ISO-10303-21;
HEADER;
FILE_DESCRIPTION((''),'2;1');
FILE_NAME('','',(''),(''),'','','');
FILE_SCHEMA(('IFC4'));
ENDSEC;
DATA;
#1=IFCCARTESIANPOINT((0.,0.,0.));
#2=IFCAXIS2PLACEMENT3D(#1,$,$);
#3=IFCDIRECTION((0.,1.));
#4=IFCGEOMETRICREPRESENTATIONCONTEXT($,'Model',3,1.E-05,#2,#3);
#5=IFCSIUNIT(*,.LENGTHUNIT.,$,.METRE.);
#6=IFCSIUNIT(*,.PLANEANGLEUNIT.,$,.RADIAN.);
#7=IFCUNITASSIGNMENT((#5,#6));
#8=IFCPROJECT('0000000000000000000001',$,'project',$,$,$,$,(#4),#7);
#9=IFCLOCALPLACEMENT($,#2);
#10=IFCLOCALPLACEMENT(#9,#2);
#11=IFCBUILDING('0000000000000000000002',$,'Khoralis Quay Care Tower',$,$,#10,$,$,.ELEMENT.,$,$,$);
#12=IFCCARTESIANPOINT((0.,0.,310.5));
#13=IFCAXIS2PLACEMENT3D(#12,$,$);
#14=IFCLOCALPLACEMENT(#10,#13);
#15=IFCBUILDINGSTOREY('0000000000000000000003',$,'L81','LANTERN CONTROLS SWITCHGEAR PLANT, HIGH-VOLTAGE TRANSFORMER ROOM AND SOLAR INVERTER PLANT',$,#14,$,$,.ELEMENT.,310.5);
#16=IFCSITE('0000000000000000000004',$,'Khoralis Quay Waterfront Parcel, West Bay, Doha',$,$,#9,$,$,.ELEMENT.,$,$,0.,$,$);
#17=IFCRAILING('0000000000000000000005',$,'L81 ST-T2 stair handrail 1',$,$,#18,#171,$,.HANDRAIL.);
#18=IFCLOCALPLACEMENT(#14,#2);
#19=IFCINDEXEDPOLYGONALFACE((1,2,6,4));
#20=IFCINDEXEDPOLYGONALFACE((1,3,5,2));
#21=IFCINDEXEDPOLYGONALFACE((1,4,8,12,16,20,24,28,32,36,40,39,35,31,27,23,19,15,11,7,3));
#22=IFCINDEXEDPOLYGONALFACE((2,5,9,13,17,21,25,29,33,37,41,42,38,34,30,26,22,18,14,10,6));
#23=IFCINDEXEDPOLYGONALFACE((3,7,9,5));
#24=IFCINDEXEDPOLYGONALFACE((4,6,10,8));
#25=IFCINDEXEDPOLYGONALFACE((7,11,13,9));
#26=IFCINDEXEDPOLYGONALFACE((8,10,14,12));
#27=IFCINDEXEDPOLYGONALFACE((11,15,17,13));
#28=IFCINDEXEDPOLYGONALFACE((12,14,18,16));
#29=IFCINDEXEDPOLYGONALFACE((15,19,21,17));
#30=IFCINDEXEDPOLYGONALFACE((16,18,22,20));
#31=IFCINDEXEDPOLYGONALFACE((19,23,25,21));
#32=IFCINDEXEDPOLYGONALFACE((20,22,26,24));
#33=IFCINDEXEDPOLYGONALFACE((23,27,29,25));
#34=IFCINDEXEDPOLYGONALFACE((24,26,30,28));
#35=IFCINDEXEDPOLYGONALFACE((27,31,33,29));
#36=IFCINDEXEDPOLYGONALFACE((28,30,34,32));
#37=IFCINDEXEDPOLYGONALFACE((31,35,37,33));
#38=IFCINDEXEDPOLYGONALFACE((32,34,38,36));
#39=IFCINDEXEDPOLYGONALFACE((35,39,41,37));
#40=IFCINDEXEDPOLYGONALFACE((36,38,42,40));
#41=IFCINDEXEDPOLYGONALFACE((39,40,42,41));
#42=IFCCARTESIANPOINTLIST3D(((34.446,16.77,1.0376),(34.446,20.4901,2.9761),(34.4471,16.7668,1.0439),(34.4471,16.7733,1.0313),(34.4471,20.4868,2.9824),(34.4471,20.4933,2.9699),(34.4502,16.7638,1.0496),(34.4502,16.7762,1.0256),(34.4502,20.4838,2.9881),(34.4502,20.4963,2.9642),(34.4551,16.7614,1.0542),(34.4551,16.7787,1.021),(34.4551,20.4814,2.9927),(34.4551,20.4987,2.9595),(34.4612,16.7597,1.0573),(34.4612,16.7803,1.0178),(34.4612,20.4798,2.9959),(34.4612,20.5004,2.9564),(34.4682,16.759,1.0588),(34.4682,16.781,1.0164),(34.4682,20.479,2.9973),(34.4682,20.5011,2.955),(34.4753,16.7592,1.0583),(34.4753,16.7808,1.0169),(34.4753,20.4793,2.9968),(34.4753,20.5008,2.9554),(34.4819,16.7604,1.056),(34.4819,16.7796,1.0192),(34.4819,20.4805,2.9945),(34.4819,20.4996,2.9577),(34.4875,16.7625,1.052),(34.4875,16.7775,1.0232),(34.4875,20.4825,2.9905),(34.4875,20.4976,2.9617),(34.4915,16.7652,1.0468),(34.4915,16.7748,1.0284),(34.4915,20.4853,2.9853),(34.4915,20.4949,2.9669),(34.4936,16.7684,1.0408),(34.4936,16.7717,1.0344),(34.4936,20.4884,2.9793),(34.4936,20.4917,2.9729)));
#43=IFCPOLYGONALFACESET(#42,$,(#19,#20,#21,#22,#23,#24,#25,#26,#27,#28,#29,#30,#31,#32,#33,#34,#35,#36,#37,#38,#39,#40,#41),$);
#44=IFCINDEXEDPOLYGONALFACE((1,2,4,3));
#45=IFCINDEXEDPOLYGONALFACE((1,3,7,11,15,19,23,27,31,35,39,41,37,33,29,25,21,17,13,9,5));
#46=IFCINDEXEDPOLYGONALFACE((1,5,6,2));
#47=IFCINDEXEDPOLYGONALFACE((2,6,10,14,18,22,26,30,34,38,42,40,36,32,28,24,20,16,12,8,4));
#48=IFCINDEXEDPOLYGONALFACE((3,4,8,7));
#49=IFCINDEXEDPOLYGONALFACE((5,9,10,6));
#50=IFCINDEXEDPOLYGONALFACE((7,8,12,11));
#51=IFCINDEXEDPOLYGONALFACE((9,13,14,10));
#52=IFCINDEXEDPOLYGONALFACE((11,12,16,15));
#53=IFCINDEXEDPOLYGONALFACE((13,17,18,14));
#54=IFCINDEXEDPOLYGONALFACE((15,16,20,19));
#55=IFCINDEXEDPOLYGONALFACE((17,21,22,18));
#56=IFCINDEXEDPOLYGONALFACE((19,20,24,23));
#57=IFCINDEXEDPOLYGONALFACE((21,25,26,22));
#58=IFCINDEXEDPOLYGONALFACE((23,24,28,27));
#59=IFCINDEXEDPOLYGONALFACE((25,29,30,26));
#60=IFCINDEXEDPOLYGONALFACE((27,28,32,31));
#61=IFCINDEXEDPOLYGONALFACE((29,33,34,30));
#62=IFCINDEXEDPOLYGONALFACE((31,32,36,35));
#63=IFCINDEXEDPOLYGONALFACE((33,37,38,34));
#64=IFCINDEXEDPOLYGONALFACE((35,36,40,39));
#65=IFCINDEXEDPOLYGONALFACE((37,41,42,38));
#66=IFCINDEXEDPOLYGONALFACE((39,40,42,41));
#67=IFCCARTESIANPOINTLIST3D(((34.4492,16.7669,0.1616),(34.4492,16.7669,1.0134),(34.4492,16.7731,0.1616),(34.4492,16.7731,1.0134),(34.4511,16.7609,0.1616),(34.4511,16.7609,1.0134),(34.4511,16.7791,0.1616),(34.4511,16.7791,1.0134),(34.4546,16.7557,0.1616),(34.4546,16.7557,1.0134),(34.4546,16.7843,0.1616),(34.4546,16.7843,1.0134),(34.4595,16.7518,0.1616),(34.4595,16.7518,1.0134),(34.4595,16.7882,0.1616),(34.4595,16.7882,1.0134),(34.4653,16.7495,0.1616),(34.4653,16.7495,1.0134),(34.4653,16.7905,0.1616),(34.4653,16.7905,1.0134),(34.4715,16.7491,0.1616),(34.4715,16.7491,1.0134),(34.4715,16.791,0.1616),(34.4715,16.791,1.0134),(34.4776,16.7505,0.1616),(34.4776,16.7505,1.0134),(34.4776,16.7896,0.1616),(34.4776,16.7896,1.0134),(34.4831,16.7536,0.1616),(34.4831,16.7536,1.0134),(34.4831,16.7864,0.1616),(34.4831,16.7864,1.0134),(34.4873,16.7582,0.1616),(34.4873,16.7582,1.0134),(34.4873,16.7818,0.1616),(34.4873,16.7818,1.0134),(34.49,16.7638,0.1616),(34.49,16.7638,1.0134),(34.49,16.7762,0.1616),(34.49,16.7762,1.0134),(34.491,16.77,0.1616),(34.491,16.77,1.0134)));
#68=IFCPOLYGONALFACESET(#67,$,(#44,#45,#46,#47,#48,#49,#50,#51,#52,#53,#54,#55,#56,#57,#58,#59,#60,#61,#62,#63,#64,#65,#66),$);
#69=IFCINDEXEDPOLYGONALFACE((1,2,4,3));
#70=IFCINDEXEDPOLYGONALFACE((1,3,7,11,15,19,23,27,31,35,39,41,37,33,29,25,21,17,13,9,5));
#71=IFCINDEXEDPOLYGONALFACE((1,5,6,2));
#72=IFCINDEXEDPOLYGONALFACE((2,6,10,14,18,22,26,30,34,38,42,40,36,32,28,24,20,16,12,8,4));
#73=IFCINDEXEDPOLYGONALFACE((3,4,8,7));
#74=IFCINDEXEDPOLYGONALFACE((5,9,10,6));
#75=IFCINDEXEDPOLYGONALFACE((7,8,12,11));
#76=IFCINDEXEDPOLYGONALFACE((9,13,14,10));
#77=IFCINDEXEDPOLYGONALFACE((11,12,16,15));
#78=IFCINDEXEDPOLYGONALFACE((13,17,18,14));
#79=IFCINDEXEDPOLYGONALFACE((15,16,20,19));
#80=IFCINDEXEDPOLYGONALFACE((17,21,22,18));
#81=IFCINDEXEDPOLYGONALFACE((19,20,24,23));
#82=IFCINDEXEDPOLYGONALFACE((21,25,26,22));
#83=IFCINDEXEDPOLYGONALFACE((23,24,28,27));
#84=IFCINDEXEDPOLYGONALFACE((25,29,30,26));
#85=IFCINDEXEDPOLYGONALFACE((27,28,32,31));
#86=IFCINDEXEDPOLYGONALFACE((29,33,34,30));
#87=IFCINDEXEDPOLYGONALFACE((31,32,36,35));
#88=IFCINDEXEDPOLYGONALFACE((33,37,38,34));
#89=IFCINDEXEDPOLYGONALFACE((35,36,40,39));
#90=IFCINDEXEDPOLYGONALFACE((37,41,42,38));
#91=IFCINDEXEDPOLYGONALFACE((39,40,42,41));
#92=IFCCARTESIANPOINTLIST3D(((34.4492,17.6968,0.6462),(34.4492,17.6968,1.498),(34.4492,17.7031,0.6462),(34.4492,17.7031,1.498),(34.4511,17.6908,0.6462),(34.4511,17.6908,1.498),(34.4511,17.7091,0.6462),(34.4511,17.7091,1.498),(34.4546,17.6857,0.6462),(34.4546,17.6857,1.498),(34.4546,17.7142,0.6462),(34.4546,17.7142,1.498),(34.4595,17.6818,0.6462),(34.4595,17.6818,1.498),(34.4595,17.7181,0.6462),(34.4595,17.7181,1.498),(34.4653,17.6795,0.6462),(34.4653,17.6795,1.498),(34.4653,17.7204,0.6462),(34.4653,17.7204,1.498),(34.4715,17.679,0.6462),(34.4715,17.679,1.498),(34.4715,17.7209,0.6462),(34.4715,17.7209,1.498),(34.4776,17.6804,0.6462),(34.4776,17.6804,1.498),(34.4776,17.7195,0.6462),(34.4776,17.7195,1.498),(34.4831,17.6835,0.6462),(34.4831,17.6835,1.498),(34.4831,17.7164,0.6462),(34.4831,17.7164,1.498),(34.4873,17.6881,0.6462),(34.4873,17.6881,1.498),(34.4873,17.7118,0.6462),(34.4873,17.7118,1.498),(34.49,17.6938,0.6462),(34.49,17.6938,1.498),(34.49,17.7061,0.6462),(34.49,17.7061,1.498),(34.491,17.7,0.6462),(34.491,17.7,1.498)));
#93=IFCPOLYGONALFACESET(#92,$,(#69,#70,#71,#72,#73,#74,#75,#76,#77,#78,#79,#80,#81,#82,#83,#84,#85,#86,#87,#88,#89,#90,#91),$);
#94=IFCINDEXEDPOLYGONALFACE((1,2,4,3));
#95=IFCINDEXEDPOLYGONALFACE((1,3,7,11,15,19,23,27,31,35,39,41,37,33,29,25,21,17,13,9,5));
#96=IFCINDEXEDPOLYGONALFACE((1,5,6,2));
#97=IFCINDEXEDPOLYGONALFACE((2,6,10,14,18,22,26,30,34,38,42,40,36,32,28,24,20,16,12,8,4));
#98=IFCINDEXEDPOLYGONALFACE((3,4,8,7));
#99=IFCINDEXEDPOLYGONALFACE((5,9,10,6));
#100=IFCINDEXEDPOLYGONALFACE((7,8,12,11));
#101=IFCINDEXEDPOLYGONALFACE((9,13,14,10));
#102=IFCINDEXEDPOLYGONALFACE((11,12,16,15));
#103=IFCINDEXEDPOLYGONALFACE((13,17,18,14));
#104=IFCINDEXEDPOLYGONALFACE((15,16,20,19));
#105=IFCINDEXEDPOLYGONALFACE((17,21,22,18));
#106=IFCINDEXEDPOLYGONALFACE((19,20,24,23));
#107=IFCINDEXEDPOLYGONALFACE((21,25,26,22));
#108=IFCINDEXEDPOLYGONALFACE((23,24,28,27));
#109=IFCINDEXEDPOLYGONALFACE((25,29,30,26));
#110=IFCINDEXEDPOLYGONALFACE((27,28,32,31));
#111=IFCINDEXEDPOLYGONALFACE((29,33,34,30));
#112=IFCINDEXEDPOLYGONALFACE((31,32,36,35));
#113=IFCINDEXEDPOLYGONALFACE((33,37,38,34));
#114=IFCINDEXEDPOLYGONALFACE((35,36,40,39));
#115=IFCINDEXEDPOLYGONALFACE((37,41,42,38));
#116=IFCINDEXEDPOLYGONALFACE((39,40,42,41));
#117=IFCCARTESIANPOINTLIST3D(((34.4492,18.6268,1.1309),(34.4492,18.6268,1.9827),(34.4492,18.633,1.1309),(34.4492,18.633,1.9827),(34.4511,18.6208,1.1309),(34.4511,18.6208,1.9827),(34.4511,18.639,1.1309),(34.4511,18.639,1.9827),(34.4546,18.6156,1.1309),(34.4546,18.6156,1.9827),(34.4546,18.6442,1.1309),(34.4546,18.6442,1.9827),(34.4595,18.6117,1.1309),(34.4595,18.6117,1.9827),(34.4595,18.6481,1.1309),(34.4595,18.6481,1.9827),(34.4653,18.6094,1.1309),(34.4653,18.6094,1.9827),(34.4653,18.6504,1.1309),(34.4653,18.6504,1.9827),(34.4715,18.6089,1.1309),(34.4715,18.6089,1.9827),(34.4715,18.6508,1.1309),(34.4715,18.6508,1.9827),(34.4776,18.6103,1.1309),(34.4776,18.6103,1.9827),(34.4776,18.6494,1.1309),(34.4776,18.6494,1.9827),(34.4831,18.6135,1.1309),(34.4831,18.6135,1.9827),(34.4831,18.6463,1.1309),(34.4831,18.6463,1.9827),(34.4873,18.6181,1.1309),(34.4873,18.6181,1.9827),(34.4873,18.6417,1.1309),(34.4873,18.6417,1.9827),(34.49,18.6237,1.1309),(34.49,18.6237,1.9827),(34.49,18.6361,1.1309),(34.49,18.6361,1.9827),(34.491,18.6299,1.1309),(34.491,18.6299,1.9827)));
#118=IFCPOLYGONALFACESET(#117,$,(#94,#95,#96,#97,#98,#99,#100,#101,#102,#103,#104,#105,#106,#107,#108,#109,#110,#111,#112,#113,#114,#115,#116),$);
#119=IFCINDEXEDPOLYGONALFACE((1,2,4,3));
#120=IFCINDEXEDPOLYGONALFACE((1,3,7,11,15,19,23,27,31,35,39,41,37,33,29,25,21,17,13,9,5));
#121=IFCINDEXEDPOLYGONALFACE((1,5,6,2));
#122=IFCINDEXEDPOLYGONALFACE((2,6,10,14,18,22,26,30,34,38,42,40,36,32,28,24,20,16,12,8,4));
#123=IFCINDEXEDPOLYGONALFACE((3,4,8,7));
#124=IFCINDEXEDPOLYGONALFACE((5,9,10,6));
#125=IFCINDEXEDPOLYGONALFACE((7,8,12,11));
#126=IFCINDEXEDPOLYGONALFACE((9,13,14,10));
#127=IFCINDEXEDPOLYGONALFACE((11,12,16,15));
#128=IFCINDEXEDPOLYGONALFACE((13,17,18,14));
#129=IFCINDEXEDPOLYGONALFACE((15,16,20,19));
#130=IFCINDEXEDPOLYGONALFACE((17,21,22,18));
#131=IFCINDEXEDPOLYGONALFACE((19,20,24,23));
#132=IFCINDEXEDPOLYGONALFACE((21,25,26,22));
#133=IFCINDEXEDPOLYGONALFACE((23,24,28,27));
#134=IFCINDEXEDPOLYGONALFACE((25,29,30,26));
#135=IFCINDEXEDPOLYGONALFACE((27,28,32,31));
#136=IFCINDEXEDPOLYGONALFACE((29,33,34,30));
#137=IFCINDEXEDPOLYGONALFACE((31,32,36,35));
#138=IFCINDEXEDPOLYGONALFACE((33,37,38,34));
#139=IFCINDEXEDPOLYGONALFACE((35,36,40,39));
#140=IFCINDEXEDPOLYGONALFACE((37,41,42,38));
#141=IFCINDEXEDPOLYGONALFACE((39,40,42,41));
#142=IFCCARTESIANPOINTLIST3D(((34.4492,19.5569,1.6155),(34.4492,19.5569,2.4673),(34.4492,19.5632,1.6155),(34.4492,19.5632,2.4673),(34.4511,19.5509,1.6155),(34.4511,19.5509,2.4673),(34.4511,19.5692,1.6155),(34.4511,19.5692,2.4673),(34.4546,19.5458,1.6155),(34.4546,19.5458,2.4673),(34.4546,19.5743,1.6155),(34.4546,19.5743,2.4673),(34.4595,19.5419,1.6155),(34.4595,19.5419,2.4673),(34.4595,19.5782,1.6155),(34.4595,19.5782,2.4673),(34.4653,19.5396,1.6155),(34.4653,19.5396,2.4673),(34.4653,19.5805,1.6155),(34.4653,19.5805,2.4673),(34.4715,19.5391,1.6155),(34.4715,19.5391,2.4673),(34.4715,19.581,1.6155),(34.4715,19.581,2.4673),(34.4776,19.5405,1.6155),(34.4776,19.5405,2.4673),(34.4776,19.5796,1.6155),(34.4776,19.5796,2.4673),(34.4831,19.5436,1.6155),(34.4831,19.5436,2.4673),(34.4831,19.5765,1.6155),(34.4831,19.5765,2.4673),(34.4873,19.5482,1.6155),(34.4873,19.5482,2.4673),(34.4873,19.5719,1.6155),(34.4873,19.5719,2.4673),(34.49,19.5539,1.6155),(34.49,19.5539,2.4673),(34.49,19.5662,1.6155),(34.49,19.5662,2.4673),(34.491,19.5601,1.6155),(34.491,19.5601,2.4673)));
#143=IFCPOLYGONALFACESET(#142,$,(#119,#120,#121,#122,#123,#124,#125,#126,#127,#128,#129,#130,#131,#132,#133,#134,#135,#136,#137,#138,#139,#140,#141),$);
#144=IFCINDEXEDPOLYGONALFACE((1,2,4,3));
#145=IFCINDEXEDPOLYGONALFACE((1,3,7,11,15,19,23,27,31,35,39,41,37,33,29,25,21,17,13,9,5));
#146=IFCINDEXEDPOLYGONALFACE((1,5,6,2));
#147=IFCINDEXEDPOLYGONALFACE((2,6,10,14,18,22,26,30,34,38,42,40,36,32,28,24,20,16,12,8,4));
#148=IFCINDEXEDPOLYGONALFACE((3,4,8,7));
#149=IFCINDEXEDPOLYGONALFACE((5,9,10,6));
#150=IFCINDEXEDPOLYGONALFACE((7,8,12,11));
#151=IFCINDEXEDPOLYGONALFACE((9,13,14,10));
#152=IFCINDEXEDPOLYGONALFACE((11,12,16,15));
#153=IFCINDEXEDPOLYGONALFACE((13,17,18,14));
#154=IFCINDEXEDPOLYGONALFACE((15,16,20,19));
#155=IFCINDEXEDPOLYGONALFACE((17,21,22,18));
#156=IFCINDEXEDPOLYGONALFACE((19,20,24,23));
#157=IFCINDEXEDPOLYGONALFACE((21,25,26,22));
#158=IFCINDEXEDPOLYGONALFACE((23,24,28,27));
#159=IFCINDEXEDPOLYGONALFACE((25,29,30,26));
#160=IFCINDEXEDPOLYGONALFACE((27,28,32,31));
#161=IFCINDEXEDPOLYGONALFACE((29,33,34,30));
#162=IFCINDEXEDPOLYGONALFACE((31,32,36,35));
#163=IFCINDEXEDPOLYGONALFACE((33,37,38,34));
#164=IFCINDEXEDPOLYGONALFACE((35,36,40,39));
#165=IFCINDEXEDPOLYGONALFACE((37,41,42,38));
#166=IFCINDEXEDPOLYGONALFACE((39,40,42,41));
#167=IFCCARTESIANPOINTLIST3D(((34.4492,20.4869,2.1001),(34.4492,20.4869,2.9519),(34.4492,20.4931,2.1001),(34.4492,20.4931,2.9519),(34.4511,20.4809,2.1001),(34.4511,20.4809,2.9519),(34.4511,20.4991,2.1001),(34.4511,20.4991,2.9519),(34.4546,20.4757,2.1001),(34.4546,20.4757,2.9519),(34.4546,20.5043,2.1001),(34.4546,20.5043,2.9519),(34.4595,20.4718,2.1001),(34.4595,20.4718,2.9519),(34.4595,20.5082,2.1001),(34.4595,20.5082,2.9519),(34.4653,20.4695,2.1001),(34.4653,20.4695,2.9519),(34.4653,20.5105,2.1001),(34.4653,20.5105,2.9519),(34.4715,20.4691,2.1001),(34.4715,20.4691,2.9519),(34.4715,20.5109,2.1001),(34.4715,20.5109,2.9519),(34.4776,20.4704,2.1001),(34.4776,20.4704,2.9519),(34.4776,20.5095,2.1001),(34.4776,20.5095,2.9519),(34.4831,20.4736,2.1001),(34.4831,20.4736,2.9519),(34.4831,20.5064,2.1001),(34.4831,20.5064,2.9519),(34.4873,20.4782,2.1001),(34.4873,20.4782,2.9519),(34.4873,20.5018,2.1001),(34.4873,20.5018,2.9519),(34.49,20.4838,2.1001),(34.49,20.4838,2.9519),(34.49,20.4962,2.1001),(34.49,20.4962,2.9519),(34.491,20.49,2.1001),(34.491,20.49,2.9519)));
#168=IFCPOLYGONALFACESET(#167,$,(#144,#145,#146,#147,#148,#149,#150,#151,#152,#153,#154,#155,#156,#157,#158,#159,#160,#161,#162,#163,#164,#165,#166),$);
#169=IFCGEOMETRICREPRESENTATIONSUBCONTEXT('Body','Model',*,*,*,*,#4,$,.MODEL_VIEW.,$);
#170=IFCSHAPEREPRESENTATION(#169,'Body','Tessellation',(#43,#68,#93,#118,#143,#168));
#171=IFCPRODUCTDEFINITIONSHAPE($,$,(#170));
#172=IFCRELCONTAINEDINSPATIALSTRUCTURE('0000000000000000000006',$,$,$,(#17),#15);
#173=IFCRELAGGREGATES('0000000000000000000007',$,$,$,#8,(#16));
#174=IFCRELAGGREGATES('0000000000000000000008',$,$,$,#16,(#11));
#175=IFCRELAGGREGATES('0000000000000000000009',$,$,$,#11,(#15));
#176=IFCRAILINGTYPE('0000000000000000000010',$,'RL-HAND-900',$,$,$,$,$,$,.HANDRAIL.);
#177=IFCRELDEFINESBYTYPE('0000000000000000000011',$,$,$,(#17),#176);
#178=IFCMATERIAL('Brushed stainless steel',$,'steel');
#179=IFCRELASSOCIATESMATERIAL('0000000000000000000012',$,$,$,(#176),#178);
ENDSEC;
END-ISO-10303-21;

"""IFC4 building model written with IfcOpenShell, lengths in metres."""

from ifc_helpers import new_model, si_unit, direction, frame, origin, origin_2d, place, context, subcontext, project, spatial, circle, extrude, material, type_object, element, save


model = new_model("IFC4")

# Units and contexts
model_context = context("Model", 3, precision=1e-05, world=origin(), true_north=direction((0.0, 1.0)))
body_context = subcontext(model_context, "Body", "Model", "MODEL_VIEW")
ifc_project = project(units=[si_unit("LENGTHUNIT", "METRE"), si_unit("PLANEANGLEUNIT", "RADIAN")], contexts=[model_context])

# Site, building, storey
site_placement = place(None, origin())
site = spatial("IfcSite", under=ifc_project, at=site_placement, Name="Khoralis Quay Waterfront Parcel, West Bay, Doha", CompositionType="ELEMENT", RefElevation=0.0)
building_placement = place(site_placement, origin())
building = spatial("IfcBuilding", under=site, at=building_placement, Name="Khoralis Quay Care Tower", CompositionType="ELEMENT")
storey_placement = place(building_placement, frame((0.0, 0.0, 310.5)))
storey = spatial("IfcBuildingStorey", under=building, at=storey_placement, Name="L81", Description="LANTERN CONTROLS SWITCHGEAR PLANT, HIGH-VOLTAGE TRANSFORMER ROOM AND SOLAR INVERTER PLANT", CompositionType="ELEMENT", Elevation=310.5)

# Shared definitions
ifc_material_1 = material(Name="Brushed stainless steel", Category="steel")

# Railing
railing_type_1 = type_object("IfcRailingType", Name="RL-HAND-900", PredefinedType="HANDRAIL", material=ifc_material_1)
railing_1_placement = place(storey_placement, frame((34.47, 16.77, 0.1616)))
element("IfcRailing", 1, at=railing_1_placement, inside=storey, type_object=railing_type_1, Name="L81 ST-T2 stair handrail 1", PredefinedType="HANDRAIL", context=body_context, shape_type="SweptSolid", body=[
    extrude(circle(Radius=0.0239, at=origin_2d()), frame((0.0, 0.0, 0.876), z_axis=(0.0, 0.886817, 0.46212), x_axis=(-1.0, 0.0, 0.0)), (0.0, 0.0, 1.0), 4.1948),
    extrude(circle(Radius=0.021, at=origin_2d()), origin(), (0.0, 0.0, 1.0), 0.8518),
    extrude(circle(Radius=0.021, at=origin_2d()), frame((0.0, 0.9299, 0.4846)), (0.0, 0.0, 1.0), 0.8518),
    extrude(circle(Radius=0.021, at=origin_2d()), frame((0.0, 1.8599, 0.9692)), (0.0, 0.0, 1.0), 0.8518),
    extrude(circle(Radius=0.021, at=origin_2d()), frame((0.0, 2.79, 1.4539)), (0.0, 0.0, 1.0), 0.8518),
    extrude(circle(Radius=0.021, at=origin_2d()), frame((0.0, 3.72, 1.9385)), (0.0, 0.0, 1.0), 0.8518),
])

save(model, "model.ifc")
